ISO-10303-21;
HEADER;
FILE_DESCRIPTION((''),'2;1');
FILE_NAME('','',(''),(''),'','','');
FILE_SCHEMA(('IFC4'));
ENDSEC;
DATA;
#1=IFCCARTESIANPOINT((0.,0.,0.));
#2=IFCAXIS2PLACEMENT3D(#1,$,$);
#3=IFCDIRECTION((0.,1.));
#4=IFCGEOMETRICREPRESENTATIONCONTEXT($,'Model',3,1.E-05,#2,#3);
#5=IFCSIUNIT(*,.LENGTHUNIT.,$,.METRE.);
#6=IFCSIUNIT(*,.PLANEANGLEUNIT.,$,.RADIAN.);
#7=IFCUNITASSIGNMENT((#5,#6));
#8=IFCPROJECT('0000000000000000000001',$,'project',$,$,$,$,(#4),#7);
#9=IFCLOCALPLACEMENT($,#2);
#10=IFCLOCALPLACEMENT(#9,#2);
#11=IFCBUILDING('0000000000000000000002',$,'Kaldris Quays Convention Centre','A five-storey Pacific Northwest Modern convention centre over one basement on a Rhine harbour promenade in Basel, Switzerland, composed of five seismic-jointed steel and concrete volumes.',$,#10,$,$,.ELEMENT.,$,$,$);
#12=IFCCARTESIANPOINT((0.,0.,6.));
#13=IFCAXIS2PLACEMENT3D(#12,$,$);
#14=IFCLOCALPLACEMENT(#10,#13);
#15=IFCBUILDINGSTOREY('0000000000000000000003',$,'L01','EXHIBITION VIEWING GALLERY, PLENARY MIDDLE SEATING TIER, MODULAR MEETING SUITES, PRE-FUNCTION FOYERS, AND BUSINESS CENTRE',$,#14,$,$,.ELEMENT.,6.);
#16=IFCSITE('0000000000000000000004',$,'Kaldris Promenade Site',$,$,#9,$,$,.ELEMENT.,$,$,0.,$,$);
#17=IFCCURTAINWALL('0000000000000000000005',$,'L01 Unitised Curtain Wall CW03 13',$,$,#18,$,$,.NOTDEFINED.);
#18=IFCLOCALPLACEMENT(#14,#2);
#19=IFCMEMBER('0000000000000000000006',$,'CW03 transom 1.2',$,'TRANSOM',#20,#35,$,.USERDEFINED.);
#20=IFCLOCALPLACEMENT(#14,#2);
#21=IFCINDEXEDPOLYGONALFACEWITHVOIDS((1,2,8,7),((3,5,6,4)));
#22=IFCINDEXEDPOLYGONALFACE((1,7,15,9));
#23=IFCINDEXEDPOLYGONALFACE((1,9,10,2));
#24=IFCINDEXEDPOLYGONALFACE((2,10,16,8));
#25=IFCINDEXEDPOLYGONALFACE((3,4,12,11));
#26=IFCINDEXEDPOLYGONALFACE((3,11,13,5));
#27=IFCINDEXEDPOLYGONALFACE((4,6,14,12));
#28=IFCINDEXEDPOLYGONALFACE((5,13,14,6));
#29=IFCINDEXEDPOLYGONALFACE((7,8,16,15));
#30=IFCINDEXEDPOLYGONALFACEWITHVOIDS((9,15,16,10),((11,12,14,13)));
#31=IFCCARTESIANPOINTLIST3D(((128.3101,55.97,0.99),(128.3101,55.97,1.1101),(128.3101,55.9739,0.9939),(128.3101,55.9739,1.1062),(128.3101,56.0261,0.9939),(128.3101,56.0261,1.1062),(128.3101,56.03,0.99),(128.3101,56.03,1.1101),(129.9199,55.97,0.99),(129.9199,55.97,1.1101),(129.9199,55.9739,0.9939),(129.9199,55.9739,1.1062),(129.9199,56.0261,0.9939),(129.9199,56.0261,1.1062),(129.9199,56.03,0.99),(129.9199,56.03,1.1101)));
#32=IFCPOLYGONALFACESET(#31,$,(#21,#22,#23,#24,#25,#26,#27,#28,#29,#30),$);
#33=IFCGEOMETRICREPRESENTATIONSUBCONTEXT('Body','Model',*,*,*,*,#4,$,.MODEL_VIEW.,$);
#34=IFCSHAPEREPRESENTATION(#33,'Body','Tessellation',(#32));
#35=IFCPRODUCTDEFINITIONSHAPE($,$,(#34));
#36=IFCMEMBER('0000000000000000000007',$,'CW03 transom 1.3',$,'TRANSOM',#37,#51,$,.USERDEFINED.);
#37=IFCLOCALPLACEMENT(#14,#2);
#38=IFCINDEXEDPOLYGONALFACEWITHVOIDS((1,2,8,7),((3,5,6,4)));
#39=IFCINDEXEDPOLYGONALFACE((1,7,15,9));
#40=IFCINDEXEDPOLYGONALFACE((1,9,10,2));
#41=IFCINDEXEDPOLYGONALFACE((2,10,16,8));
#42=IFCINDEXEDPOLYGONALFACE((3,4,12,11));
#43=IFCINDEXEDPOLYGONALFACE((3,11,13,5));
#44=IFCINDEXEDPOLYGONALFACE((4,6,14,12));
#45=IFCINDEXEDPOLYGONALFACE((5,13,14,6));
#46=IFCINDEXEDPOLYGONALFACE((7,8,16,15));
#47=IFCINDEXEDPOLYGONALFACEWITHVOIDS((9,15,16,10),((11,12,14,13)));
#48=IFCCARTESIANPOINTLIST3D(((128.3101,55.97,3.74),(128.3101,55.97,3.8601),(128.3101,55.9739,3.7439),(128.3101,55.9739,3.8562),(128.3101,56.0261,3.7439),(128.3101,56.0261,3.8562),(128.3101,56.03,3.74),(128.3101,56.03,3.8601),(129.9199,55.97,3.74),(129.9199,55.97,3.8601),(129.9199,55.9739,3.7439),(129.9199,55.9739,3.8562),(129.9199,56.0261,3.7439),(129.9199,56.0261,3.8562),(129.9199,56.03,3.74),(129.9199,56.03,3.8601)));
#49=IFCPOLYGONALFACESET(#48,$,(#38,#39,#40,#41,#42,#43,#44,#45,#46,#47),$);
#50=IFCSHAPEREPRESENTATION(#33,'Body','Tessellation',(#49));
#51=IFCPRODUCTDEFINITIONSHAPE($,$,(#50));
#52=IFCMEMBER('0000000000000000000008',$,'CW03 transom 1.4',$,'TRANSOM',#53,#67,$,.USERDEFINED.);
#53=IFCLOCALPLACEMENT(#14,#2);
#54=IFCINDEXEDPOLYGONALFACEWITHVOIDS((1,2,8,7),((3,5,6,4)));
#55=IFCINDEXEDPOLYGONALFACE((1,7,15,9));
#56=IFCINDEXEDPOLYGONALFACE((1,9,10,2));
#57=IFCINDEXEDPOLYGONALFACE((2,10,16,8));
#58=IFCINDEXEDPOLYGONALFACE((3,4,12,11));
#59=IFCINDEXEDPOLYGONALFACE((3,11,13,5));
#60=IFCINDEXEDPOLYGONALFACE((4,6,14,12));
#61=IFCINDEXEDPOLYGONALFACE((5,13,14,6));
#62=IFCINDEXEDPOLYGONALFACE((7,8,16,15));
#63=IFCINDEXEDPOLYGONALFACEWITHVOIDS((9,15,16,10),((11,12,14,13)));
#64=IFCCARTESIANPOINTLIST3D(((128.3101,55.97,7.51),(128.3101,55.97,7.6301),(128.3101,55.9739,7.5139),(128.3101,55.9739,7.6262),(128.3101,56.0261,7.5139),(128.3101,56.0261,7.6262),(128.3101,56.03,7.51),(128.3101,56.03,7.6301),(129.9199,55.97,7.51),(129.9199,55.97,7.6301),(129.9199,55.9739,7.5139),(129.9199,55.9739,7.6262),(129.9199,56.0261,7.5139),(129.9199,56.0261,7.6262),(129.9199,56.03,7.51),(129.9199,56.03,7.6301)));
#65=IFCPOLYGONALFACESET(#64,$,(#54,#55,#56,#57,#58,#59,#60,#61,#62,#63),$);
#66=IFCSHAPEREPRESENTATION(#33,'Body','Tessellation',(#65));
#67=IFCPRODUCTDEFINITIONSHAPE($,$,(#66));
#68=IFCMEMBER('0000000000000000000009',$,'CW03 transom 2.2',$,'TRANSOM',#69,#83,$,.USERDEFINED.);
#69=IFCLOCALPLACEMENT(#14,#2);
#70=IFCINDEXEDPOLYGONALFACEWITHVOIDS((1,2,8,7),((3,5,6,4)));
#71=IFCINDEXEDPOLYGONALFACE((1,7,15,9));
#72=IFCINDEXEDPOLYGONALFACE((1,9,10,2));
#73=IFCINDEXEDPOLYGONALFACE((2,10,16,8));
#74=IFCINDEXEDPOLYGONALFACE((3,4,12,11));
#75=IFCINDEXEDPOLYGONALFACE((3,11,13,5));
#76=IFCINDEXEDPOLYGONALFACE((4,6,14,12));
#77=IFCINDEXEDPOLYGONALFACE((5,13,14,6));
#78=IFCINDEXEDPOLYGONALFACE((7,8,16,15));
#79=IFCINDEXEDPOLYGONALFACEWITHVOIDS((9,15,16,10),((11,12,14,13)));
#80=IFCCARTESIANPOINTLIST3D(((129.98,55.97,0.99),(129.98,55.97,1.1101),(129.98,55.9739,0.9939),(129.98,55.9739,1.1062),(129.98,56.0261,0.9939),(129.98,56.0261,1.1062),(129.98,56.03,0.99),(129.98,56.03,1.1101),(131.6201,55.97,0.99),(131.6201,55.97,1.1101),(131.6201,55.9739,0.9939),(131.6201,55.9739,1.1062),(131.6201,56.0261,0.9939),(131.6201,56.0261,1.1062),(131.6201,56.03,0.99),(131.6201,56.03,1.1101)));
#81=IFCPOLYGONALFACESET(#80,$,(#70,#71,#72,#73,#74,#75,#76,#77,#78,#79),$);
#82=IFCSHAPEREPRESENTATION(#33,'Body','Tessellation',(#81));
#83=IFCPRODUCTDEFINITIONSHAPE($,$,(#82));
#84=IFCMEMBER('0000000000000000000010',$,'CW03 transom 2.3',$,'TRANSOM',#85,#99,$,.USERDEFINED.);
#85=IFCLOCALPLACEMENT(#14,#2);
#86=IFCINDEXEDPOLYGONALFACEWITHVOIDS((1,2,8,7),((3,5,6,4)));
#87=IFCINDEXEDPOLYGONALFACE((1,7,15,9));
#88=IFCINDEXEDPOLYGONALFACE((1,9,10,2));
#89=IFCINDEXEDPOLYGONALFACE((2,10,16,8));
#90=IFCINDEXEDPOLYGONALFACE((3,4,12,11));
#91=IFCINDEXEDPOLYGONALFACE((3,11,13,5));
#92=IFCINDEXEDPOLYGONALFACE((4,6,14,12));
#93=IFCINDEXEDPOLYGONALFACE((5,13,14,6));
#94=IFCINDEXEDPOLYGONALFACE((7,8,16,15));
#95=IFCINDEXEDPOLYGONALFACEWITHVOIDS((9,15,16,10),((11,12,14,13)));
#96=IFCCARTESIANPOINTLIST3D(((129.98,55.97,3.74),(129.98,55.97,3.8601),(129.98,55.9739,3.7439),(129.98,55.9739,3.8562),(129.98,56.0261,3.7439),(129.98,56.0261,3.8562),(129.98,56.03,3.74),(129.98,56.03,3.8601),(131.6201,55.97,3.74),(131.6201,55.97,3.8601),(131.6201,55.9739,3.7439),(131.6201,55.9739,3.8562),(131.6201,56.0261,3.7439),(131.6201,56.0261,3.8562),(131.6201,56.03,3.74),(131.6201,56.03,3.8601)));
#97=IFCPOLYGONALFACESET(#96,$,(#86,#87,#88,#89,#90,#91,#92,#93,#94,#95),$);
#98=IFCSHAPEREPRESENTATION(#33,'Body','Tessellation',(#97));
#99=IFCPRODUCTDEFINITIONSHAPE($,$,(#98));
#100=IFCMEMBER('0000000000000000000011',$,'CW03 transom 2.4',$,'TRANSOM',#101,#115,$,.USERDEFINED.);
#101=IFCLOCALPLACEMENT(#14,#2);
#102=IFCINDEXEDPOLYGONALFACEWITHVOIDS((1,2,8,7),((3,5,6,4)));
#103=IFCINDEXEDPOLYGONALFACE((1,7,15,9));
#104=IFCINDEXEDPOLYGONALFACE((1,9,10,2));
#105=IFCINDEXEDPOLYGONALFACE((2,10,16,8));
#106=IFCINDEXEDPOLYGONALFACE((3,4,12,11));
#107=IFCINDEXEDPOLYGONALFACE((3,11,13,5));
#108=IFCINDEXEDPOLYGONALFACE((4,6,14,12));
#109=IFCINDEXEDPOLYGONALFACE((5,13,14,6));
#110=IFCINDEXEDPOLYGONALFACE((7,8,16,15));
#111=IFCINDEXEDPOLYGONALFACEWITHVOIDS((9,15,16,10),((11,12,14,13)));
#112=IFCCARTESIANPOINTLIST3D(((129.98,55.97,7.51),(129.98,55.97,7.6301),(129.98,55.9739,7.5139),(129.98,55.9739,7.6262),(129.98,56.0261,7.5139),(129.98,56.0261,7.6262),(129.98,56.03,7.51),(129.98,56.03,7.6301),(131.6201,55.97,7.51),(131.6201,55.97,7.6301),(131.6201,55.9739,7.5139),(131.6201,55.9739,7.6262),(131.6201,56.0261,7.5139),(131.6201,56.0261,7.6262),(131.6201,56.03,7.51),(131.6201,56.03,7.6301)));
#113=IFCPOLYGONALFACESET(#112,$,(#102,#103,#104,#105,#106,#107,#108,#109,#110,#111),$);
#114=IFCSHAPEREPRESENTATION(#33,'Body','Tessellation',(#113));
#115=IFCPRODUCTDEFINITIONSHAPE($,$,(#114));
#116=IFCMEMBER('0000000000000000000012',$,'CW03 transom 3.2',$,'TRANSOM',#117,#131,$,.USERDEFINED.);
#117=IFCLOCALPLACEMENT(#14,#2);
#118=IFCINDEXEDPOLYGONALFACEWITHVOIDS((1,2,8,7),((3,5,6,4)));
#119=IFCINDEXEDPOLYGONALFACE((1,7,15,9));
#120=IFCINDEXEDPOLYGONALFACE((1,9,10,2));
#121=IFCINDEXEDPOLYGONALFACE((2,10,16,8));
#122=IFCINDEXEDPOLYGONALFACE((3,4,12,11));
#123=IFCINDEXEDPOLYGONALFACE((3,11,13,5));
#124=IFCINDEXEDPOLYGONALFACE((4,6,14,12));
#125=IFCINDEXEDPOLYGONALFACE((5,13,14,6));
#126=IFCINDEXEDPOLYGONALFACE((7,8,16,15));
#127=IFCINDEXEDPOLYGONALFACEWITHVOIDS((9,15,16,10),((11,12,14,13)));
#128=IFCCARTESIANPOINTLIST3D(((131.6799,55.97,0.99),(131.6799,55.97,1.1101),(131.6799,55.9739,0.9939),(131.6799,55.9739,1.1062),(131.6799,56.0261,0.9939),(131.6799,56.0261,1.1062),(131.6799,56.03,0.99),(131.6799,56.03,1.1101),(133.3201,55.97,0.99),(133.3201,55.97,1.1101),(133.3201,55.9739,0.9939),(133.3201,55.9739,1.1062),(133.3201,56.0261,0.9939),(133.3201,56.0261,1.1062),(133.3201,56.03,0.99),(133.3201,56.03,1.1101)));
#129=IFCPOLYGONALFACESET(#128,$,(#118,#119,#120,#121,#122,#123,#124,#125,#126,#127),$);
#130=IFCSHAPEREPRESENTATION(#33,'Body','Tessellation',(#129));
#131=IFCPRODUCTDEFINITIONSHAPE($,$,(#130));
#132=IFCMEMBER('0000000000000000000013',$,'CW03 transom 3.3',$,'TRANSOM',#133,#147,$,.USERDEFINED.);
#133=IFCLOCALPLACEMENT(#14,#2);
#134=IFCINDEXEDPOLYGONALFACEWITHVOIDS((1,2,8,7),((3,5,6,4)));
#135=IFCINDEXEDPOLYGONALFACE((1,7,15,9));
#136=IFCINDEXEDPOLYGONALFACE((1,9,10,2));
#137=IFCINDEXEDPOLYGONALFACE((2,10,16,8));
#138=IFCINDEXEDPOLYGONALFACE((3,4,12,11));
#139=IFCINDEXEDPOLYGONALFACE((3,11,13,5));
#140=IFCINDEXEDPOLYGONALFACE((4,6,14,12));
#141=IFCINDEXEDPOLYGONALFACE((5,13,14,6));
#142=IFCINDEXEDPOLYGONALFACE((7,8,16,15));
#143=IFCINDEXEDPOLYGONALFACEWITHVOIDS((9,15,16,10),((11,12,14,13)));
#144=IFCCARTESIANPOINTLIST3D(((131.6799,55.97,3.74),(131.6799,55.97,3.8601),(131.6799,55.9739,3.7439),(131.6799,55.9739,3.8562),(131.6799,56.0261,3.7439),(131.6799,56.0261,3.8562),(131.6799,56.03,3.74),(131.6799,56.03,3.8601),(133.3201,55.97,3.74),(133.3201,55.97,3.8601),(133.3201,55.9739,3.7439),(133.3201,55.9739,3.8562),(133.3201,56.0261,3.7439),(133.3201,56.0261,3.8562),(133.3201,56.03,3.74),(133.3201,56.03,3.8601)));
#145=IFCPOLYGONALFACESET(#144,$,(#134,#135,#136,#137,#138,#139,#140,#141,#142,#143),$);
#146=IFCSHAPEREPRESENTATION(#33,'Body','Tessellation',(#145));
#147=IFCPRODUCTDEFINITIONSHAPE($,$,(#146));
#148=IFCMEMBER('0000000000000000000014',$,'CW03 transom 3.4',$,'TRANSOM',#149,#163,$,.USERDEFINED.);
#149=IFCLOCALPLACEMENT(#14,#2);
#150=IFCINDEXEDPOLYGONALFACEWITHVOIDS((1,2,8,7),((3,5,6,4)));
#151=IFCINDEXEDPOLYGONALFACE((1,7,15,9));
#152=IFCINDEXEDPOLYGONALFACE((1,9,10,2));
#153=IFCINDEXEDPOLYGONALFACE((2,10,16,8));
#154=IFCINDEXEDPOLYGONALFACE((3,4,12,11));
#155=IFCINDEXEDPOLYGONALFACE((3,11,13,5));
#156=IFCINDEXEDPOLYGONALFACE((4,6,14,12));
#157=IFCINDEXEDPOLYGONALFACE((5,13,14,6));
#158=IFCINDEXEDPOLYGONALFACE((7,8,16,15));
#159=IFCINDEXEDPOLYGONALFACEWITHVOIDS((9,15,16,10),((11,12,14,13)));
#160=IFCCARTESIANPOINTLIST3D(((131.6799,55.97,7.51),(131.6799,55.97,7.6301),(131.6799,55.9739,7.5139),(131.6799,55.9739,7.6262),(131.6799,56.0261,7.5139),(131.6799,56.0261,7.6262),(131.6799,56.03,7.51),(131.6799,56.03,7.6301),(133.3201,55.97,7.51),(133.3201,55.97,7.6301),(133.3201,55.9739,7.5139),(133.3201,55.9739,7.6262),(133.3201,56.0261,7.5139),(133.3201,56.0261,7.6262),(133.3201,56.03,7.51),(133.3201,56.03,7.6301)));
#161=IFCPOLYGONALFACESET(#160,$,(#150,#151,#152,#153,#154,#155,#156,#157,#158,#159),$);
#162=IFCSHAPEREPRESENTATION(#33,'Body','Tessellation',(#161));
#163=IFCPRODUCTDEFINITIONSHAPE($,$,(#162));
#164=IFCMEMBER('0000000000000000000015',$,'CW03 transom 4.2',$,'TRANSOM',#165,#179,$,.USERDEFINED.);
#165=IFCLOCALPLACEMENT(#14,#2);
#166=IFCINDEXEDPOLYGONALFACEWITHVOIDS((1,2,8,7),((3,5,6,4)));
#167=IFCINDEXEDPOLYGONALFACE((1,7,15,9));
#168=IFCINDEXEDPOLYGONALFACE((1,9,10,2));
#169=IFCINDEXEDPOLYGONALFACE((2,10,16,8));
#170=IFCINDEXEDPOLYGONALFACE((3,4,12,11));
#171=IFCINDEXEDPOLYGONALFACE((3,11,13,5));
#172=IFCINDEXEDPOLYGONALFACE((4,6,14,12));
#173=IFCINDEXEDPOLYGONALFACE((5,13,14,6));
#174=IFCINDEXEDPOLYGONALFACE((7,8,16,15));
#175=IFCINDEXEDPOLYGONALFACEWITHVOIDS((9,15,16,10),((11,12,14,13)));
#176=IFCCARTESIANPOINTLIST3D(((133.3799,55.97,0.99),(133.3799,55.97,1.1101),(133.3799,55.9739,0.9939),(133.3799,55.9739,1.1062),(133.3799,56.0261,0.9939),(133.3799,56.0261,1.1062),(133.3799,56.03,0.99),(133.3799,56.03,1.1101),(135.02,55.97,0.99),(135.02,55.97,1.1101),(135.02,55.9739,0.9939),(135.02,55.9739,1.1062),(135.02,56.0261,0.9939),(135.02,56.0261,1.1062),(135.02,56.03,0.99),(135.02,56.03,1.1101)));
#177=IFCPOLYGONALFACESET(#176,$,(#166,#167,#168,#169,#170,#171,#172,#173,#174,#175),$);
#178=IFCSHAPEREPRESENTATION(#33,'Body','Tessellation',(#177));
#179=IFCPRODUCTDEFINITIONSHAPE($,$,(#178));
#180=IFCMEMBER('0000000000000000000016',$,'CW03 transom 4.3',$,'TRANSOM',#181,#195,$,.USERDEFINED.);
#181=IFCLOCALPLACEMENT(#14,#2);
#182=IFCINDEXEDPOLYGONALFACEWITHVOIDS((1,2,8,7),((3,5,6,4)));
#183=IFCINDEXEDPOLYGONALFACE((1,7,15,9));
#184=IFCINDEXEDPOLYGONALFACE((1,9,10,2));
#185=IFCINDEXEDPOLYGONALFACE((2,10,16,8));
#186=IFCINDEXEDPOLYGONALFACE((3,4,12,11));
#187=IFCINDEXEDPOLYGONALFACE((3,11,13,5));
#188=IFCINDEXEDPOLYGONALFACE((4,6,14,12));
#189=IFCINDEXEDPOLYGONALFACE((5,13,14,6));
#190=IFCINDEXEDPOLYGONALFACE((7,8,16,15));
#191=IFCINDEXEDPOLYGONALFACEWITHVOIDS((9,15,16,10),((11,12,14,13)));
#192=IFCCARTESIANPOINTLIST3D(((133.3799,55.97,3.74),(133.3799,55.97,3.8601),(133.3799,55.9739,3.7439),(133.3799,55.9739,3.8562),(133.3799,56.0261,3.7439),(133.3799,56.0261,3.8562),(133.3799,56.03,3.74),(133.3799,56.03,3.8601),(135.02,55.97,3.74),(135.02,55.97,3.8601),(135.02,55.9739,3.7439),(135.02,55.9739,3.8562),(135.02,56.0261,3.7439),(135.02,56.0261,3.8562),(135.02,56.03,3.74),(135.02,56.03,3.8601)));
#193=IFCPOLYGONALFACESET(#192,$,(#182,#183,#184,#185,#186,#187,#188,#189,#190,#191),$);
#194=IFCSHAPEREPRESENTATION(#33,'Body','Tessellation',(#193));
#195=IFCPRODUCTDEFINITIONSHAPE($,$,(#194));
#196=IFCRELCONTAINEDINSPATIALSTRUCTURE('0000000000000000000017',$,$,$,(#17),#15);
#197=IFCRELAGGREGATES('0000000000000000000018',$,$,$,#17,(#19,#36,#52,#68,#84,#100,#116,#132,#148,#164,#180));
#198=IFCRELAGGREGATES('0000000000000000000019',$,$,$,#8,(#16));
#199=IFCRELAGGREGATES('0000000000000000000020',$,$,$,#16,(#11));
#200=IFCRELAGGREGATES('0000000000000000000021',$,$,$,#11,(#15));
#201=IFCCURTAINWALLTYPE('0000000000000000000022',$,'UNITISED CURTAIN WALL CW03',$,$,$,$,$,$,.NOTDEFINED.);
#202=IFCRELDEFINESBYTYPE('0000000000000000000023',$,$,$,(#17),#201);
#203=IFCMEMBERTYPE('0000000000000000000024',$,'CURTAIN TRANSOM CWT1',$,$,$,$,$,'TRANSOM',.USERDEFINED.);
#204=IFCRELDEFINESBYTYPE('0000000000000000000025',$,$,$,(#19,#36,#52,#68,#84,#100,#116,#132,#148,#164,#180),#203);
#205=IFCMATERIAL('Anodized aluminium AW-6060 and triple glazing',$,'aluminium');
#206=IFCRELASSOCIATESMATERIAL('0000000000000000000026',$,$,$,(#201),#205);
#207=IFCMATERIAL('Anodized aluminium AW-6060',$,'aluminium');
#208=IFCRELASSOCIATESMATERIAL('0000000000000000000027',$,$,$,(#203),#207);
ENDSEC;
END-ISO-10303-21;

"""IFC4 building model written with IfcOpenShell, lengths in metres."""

from ifc_helpers import new_model, si_unit, direction, frame, origin, origin_2d, place, context, subcontext, project, spatial, hollow_rectangle, extrude, material, material_profile, profile_set, type_object, element, aggregate, save


model = new_model("IFC4")

# Units and contexts
model_context = context("Model", 3, precision=1e-05, world=origin(), true_north=direction((0.0, 1.0)))
body_context = subcontext(model_context, "Body", "Model", "MODEL_VIEW")
ifc_project = project(units=[si_unit("LENGTHUNIT", "METRE"), si_unit("PLANEANGLEUNIT", "RADIAN")], contexts=[model_context])

# Site, building, storey
site_placement = place(None, origin())
site = spatial("IfcSite", under=ifc_project, at=site_placement, Name="Kaldris Promenade Site", CompositionType="ELEMENT", RefElevation=0.0)
building_placement = place(site_placement, origin())
building = spatial("IfcBuilding", under=site, at=building_placement, Name="Kaldris Quays Convention Centre", Description="A five-storey Pacific Northwest Modern convention centre over one basement on a Rhine harbour promenade in Basel, Switzerland, composed of five seismic-jointed steel and concrete volumes.", CompositionType="ELEMENT")
storey_placement = place(building_placement, frame((0.0, 0.0, 6.0)))
storey = spatial("IfcBuildingStorey", under=building, at=storey_placement, Name="L01", Description="EXHIBITION VIEWING GALLERY, PLENARY MIDDLE SEATING TIER, MODULAR MEETING SUITES, PRE-FUNCTION FOYERS, AND BUSINESS CENTRE", CompositionType="ELEMENT", Elevation=6.0)

# Curtain wall, members
ifc_material_1 = material(Name="Anodized aluminium AW-6060 and triple glazing", Category="aluminium")
curtain_wall_type = type_object("IfcCurtainWallType", Name="UNITISED CURTAIN WALL CW03", PredefinedType="NOTDEFINED", material=ifc_material_1)
curtain_wall_placement = place(storey_placement, origin())
curtain_wall = element("IfcCurtainWall", 1, at=curtain_wall_placement, inside=storey, type_object=curtain_wall_type, Name="L01 Unitised Curtain Wall CW03 13", PredefinedType="NOTDEFINED")
ifc_material_2 = material(Name="Anodized aluminium AW-6060", Category="aluminium")
ifc_material_profile = material_profile(ifc_material_2, hollow_rectangle(XDim=0.0601, YDim=0.1201, WallThickness=0.0039, at=origin_2d()), Name="RHS 120x60x4")
ifc_profile_set = profile_set([ifc_material_profile], Name="Anodized aluminium AW-6060")
member_type = type_object("IfcMemberType", Name="CURTAIN TRANSOM CWT1", ElementType="TRANSOM", PredefinedType="USERDEFINED", material=ifc_profile_set)
member_1_placement = place(storey_placement, frame((128.3101, 56.0, 1.05), z_axis=(1.0, 0.0, 0.0), x_axis=(0.0, 1.0, 0.0)))
member_1 = element("IfcMember", 2, at=member_1_placement, type_object=member_type, Name="CW03 transom 1.2", ObjectType="TRANSOM", PredefinedType="USERDEFINED", context=body_context, shape_type="SweptSolid", body=[
    extrude(hollow_rectangle(XDim=0.0601, YDim=0.1201, WallThickness=0.0039, at=origin_2d()), origin(), (0.0, 0.0, 1.0), 1.6099),
])
member_2_placement = place(storey_placement, frame((128.3101, 56.0, 3.8), z_axis=(1.0, 0.0, 0.0), x_axis=(0.0, 1.0, 0.0)))
member_2 = element("IfcMember", 3, at=member_2_placement, type_object=member_type, Name="CW03 transom 1.3", ObjectType="TRANSOM", PredefinedType="USERDEFINED", context=body_context, shape_type="SweptSolid", body=[
    extrude(hollow_rectangle(XDim=0.0601, YDim=0.1201, WallThickness=0.0039, at=origin_2d()), origin(), (0.0, 0.0, 1.0), 1.6099),
])
member_3_placement = place(storey_placement, frame((128.3101, 56.0, 7.5701), z_axis=(1.0, 0.0, 0.0), x_axis=(0.0, 1.0, 0.0)))
member_3 = element("IfcMember", 4, at=member_3_placement, type_object=member_type, Name="CW03 transom 1.4", ObjectType="TRANSOM", PredefinedType="USERDEFINED", context=body_context, shape_type="SweptSolid", body=[
    extrude(hollow_rectangle(XDim=0.0601, YDim=0.1201, WallThickness=0.0039, at=origin_2d()), origin(), (0.0, 0.0, 1.0), 1.6099),
])
member_4_placement = place(storey_placement, frame((129.98, 56.0, 1.05), z_axis=(1.0, 0.0, 0.0), x_axis=(0.0, 1.0, 0.0)))
member_4 = element("IfcMember", 5, at=member_4_placement, type_object=member_type, Name="CW03 transom 2.2", ObjectType="TRANSOM", PredefinedType="USERDEFINED", context=body_context, shape_type="SweptSolid", body=[
    extrude(hollow_rectangle(XDim=0.0601, YDim=0.1201, WallThickness=0.0039, at=origin_2d()), origin(), (0.0, 0.0, 1.0), 1.6401),
])
member_5_placement = place(storey_placement, frame((129.98, 56.0, 3.8), z_axis=(1.0, 0.0, 0.0), x_axis=(0.0, 1.0, 0.0)))
member_5 = element("IfcMember", 6, at=member_5_placement, type_object=member_type, Name="CW03 transom 2.3", ObjectType="TRANSOM", PredefinedType="USERDEFINED", context=body_context, shape_type="SweptSolid", body=[
    extrude(hollow_rectangle(XDim=0.0601, YDim=0.1201, WallThickness=0.0039, at=origin_2d()), origin(), (0.0, 0.0, 1.0), 1.6401),
])
member_6_placement = place(storey_placement, frame((129.98, 56.0, 7.5701), z_axis=(1.0, 0.0, 0.0), x_axis=(0.0, 1.0, 0.0)))
member_6 = element("IfcMember", 7, at=member_6_placement, type_object=member_type, Name="CW03 transom 2.4", ObjectType="TRANSOM", PredefinedType="USERDEFINED", context=body_context, shape_type="SweptSolid", body=[
    extrude(hollow_rectangle(XDim=0.0601, YDim=0.1201, WallThickness=0.0039, at=origin_2d()), origin(), (0.0, 0.0, 1.0), 1.6401),
])
member_7_placement = place(storey_placement, frame((131.6799, 56.0, 1.05), z_axis=(1.0, 0.0, 0.0), x_axis=(0.0, 1.0, 0.0)))
member_7 = element("IfcMember", 8, at=member_7_placement, type_object=member_type, Name="CW03 transom 3.2", ObjectType="TRANSOM", PredefinedType="USERDEFINED", context=body_context, shape_type="SweptSolid", body=[
    extrude(hollow_rectangle(XDim=0.0601, YDim=0.1201, WallThickness=0.0039, at=origin_2d()), origin(), (0.0, 0.0, 1.0), 1.6401),
])
member_8_placement = place(storey_placement, frame((131.6799, 56.0, 3.8), z_axis=(1.0, 0.0, 0.0), x_axis=(0.0, 1.0, 0.0)))
member_8 = element("IfcMember", 9, at=member_8_placement, type_object=member_type, Name="CW03 transom 3.3", ObjectType="TRANSOM", PredefinedType="USERDEFINED", context=body_context, shape_type="SweptSolid", body=[
    extrude(hollow_rectangle(XDim=0.0601, YDim=0.1201, WallThickness=0.0039, at=origin_2d()), origin(), (0.0, 0.0, 1.0), 1.6401),
])
member_9_placement = place(storey_placement, frame((131.6799, 56.0, 7.5701), z_axis=(1.0, 0.0, 0.0), x_axis=(0.0, 1.0, 0.0)))
member_9 = element("IfcMember", 10, at=member_9_placement, type_object=member_type, Name="CW03 transom 3.4", ObjectType="TRANSOM", PredefinedType="USERDEFINED", context=body_context, shape_type="SweptSolid", body=[
    extrude(hollow_rectangle(XDim=0.0601, YDim=0.1201, WallThickness=0.0039, at=origin_2d()), origin(), (0.0, 0.0, 1.0), 1.6401),
])
member_10_placement = place(storey_placement, frame((133.3799, 56.0, 1.05), z_axis=(1.0, 0.0, 0.0), x_axis=(0.0, 1.0, 0.0)))
member_10 = element("IfcMember", 11, at=member_10_placement, type_object=member_type, Name="CW03 transom 4.2", ObjectType="TRANSOM", PredefinedType="USERDEFINED", context=body_context, shape_type="SweptSolid", body=[
    extrude(hollow_rectangle(XDim=0.0601, YDim=0.1201, WallThickness=0.0039, at=origin_2d()), origin(), (0.0, 0.0, 1.0), 1.6401),
])
member_11_placement = place(storey_placement, frame((133.3799, 56.0, 3.8), z_axis=(1.0, 0.0, 0.0), x_axis=(0.0, 1.0, 0.0)))
member_11 = element("IfcMember", 12, at=member_11_placement, type_object=member_type, Name="CW03 transom 4.3", ObjectType="TRANSOM", PredefinedType="USERDEFINED", context=body_context, shape_type="SweptSolid", body=[
    extrude(hollow_rectangle(XDim=0.0601, YDim=0.1201, WallThickness=0.0039, at=origin_2d()), origin(), (0.0, 0.0, 1.0), 1.6401),
])
aggregate(curtain_wall, [member_1, member_2, member_3, member_4, member_5, member_6, member_7, member_8, member_9, member_10, member_11])

save(model, "model.ifc")
